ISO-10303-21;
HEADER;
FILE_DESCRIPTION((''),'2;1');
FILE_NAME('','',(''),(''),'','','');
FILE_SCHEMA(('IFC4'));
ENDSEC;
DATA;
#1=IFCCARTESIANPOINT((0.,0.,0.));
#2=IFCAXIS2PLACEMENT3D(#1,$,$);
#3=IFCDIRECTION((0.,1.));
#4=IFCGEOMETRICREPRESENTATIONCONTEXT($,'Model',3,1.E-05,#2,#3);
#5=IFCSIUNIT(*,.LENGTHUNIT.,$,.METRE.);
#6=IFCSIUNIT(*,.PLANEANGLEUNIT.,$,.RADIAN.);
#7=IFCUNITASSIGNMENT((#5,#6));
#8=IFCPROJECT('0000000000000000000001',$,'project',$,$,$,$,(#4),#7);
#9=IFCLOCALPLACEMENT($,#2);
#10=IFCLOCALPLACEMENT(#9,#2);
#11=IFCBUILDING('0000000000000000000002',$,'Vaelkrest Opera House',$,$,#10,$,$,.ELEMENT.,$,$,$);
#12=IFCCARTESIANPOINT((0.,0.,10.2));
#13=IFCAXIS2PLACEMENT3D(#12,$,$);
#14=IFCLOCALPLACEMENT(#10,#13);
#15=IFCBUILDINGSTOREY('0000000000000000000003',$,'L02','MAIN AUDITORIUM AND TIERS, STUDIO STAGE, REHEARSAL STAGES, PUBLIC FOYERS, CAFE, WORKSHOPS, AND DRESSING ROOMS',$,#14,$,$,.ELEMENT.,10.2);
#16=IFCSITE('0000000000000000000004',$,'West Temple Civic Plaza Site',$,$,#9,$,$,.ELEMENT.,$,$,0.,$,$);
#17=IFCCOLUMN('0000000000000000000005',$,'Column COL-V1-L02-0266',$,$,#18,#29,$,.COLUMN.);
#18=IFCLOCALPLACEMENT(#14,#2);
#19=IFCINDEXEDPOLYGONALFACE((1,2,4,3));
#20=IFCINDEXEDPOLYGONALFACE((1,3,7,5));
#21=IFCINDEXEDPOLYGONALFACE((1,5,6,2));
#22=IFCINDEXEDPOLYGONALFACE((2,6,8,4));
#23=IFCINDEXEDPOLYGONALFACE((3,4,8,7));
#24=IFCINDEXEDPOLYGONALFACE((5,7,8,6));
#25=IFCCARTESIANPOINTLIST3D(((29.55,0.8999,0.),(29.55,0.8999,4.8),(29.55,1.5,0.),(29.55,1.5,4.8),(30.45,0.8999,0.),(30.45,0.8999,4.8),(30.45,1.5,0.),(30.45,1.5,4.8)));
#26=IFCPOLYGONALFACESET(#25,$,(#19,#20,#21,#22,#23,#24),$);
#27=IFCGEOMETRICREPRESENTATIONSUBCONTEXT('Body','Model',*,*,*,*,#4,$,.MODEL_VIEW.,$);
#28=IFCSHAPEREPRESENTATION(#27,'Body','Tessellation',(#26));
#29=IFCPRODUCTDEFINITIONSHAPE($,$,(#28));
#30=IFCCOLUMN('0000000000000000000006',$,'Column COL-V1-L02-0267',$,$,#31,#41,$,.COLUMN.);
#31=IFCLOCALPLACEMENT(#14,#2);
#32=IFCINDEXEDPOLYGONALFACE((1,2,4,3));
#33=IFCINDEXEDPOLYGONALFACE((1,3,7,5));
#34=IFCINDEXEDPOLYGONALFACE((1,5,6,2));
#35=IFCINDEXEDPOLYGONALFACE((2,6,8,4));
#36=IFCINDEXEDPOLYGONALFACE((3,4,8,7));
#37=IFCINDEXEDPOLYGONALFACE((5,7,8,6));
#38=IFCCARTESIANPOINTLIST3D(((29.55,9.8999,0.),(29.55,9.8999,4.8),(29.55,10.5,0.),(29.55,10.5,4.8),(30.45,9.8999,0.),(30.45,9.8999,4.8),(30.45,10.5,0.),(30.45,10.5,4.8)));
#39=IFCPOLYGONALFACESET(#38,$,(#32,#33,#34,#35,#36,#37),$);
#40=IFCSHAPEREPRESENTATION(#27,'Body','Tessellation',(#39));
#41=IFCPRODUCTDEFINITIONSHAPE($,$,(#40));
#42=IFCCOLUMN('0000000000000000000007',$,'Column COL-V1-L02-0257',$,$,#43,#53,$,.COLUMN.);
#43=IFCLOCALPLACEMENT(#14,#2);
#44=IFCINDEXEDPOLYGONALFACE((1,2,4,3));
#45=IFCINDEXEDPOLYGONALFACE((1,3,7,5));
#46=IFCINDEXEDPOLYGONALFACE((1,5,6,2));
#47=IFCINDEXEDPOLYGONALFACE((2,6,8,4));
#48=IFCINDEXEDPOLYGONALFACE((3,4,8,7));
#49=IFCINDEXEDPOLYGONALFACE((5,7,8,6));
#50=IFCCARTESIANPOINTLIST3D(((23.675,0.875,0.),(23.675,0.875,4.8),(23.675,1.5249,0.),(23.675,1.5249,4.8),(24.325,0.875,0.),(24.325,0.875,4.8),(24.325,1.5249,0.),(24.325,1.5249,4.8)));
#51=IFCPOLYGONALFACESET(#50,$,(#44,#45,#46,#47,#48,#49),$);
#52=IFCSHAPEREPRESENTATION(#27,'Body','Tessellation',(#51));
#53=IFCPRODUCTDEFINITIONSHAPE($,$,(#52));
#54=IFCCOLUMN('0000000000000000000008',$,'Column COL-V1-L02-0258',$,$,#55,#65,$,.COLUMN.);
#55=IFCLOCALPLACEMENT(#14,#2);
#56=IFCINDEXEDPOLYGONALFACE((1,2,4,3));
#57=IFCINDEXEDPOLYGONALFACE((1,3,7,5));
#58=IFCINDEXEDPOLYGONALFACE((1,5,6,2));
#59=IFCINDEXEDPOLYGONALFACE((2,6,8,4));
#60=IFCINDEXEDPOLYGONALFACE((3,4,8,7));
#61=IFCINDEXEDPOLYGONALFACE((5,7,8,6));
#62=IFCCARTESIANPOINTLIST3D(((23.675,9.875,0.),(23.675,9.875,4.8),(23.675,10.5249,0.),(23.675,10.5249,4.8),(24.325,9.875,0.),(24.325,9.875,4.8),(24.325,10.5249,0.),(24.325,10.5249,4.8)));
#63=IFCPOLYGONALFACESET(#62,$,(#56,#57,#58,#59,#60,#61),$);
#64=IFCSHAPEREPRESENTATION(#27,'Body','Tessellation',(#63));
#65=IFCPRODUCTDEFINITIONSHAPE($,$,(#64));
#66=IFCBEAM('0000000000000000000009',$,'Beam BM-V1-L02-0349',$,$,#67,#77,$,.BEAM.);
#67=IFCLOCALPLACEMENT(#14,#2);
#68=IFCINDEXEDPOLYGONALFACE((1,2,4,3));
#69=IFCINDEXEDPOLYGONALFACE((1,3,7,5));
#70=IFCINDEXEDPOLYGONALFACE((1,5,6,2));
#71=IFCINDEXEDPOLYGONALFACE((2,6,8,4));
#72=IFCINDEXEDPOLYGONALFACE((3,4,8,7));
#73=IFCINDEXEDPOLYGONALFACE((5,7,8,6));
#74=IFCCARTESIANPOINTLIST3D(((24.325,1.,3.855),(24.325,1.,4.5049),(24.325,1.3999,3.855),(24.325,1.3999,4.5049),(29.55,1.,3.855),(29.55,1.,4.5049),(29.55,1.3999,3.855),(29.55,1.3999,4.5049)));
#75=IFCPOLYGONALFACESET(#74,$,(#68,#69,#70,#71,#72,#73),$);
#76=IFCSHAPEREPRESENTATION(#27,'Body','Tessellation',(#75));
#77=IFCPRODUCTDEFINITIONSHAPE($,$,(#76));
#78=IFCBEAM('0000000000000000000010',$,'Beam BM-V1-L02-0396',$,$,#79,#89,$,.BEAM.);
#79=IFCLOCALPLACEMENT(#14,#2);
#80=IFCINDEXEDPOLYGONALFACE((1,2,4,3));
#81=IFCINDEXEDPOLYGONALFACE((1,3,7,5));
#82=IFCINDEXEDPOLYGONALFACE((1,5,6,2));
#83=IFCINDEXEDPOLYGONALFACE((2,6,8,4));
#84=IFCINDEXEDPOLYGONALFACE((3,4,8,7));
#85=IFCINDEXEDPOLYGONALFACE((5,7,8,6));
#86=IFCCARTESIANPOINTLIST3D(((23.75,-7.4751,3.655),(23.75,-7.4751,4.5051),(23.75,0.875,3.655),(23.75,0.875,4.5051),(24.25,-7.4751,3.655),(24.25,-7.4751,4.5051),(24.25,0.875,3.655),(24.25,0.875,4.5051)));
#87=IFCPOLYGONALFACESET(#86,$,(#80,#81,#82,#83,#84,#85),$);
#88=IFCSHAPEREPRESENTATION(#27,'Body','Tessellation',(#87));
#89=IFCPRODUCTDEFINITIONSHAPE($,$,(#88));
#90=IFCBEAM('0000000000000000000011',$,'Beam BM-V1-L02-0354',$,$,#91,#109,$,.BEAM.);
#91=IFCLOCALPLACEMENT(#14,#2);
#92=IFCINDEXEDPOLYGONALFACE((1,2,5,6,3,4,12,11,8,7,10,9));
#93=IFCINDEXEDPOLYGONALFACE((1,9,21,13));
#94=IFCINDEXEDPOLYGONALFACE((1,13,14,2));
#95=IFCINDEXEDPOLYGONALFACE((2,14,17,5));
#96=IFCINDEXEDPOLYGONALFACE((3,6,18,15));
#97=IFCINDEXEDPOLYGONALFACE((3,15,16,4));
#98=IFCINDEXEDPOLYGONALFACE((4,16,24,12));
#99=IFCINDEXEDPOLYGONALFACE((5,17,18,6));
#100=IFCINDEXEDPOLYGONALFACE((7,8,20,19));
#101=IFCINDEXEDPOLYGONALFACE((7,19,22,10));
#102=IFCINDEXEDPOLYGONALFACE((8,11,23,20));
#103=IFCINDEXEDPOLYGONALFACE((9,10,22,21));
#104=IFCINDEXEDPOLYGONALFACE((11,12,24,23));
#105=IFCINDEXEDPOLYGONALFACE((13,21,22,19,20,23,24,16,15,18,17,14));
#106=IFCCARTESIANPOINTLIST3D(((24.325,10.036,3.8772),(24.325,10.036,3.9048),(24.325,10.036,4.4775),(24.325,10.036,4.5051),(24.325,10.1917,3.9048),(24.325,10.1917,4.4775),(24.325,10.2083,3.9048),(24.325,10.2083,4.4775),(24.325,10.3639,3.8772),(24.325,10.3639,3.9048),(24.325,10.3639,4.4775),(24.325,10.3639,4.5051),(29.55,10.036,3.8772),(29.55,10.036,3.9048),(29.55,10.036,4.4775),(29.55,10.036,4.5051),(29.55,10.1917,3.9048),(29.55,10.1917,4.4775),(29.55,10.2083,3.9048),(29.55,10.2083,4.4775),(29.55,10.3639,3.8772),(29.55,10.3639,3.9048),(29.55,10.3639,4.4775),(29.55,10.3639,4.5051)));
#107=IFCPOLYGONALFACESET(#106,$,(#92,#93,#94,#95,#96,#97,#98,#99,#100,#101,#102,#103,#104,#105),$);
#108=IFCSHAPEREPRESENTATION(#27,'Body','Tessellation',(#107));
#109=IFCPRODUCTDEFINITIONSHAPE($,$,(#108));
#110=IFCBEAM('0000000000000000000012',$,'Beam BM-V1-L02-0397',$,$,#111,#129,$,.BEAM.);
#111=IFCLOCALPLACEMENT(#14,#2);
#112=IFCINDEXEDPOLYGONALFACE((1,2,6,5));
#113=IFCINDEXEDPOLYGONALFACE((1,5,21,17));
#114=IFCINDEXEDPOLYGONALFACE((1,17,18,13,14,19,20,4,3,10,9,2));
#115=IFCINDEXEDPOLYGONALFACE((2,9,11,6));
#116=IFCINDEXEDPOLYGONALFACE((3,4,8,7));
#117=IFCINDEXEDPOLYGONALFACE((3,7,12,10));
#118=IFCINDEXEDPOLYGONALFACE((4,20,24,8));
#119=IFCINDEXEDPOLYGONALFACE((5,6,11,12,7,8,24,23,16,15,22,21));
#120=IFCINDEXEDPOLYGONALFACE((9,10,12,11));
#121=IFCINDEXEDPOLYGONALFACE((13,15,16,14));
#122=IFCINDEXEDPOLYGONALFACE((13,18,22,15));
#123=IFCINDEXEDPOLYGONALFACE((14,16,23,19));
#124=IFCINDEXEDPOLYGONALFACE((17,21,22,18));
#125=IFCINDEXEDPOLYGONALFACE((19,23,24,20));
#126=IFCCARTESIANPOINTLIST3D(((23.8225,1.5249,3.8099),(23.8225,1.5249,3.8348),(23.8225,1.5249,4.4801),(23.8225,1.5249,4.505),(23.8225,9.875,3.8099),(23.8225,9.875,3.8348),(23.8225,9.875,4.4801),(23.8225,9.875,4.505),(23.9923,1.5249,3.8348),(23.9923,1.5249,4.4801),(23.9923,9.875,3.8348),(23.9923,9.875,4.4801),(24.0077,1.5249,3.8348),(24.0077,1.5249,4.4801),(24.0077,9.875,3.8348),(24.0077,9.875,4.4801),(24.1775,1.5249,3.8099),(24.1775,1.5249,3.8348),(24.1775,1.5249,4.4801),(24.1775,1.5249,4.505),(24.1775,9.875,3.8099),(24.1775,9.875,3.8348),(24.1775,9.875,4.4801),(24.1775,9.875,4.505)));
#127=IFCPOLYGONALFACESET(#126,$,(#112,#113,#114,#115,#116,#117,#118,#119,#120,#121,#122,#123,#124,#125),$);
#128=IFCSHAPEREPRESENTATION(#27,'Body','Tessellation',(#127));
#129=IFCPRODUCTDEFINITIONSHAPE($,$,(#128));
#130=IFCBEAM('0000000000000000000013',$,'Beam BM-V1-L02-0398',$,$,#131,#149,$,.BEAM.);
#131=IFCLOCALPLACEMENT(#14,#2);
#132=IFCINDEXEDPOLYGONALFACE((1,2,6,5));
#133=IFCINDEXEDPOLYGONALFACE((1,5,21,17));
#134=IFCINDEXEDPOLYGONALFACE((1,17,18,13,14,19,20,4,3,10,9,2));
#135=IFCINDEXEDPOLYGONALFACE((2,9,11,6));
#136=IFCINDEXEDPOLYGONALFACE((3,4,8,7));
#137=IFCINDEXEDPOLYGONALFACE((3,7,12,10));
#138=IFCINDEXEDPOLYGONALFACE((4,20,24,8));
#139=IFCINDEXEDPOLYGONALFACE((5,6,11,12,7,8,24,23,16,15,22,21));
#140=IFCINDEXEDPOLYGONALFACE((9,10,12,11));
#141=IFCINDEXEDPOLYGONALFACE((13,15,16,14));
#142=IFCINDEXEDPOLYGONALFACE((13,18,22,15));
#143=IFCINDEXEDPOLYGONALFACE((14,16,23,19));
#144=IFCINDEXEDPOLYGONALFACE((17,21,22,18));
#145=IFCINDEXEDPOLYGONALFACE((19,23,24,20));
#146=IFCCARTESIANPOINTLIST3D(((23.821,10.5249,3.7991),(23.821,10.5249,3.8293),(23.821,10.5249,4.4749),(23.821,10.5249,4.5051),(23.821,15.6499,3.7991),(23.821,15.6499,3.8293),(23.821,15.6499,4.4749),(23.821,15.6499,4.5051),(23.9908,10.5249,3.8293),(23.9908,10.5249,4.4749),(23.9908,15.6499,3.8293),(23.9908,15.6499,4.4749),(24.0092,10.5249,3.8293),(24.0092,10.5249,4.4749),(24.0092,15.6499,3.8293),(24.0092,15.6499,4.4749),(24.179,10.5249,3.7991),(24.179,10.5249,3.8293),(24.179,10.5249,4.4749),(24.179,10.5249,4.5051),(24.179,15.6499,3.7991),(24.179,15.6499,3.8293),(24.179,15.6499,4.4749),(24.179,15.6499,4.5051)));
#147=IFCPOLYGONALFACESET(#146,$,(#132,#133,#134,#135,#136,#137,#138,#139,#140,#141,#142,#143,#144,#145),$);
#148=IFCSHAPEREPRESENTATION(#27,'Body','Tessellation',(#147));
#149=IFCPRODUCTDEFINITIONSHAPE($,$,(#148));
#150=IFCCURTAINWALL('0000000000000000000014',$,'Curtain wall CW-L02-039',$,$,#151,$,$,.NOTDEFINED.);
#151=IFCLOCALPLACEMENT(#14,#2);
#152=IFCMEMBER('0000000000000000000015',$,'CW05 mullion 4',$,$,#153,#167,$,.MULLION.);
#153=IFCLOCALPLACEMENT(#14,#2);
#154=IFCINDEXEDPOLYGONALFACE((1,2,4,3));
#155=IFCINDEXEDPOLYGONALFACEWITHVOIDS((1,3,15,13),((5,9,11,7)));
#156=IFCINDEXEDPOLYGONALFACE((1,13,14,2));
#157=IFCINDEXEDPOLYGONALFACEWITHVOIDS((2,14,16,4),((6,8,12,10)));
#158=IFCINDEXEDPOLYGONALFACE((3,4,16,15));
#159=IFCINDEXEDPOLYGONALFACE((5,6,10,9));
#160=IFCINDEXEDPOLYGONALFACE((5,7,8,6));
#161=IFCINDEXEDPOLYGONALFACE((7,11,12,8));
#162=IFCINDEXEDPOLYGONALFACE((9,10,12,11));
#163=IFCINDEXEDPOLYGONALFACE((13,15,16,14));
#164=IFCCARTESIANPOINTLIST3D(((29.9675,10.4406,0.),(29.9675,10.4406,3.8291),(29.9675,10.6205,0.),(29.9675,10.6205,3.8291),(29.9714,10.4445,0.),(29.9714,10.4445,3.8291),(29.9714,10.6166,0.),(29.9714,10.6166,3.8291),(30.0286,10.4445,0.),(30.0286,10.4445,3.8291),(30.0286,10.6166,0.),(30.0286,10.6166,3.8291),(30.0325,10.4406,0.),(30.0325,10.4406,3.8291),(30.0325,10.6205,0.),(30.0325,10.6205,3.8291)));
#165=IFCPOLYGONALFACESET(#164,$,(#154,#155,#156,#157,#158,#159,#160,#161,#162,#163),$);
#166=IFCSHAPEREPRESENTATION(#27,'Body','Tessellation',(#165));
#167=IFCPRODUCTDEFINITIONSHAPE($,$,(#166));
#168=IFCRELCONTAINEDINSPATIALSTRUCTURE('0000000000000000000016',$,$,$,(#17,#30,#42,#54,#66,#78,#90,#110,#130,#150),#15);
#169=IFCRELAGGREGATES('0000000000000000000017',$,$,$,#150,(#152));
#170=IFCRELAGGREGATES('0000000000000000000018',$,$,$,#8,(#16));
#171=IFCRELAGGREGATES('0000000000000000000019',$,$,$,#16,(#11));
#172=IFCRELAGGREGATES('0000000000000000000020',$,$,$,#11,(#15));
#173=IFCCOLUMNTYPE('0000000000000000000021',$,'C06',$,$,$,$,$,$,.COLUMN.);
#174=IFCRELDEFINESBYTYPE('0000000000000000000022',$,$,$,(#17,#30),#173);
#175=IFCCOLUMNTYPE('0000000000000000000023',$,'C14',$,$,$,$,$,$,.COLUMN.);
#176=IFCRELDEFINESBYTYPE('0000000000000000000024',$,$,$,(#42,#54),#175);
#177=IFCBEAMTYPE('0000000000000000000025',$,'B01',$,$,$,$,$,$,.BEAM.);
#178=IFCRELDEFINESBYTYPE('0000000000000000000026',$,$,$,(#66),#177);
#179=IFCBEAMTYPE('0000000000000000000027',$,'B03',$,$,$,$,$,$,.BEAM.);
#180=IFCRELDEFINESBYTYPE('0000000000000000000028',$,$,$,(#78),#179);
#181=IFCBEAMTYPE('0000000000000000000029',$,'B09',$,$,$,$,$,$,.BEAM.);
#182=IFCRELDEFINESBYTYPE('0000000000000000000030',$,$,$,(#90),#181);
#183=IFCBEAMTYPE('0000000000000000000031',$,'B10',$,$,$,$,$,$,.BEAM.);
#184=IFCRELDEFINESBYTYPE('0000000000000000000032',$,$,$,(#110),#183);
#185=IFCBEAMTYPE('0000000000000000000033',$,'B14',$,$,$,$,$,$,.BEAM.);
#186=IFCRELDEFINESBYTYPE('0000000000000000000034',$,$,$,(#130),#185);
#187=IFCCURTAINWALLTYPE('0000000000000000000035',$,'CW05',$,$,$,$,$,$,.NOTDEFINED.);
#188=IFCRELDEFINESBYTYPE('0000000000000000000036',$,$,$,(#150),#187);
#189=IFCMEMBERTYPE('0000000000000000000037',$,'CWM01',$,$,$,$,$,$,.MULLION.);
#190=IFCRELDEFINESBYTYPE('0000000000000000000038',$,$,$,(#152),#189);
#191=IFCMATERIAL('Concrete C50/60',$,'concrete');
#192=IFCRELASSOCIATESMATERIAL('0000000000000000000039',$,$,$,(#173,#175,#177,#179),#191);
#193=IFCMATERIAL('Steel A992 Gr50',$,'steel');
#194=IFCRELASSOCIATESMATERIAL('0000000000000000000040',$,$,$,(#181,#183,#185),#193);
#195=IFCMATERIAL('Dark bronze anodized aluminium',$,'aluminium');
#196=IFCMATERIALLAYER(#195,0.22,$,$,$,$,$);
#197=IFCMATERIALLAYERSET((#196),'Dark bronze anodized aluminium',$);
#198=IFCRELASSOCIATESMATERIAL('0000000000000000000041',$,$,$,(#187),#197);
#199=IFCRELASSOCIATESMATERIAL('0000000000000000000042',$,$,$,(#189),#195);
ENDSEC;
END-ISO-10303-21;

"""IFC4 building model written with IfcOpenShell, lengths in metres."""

from ifc_helpers import new_model, si_unit, direction, frame, origin, origin_2d, place, context, subcontext, project, spatial, rectangle, hollow_rectangle, i_section, extrude, material, layer, layer_set, material_profile, profile_set, type_object, element, aggregate, save


model = new_model("IFC4")

# Units and contexts
model_context = context("Model", 3, precision=1e-05, world=origin(), true_north=direction((0.0, 1.0)))
body_context = subcontext(model_context, "Body", "Model", "MODEL_VIEW")
ifc_project = project(units=[si_unit("LENGTHUNIT", "METRE"), si_unit("PLANEANGLEUNIT", "RADIAN")], contexts=[model_context])

# Site, building, storey
site_placement = place(None, origin())
site = spatial("IfcSite", under=ifc_project, at=site_placement, Name="West Temple Civic Plaza Site", CompositionType="ELEMENT", RefElevation=0.0)
building_placement = place(site_placement, origin())
building = spatial("IfcBuilding", under=site, at=building_placement, Name="Vaelkrest Opera House", CompositionType="ELEMENT")
storey_placement = place(building_placement, frame((0.0, 0.0, 10.2)))
storey = spatial("IfcBuildingStorey", under=building, at=storey_placement, Name="L02", Description="MAIN AUDITORIUM AND TIERS, STUDIO STAGE, REHEARSAL STAGES, PUBLIC FOYERS, CAFE, WORKSHOPS, AND DRESSING ROOMS", CompositionType="ELEMENT", Elevation=10.2)

# Columns
ifc_material_1 = material(Name="Concrete C50/60", Category="concrete")
ifc_material_profile_1 = material_profile(ifc_material_1, rectangle(XDim=0.6001, YDim=0.8999, at=origin_2d()), Name="RC600X900")
ifc_profile_set_1 = profile_set([ifc_material_profile_1], Name="Concrete C50/60")
column_type_1 = type_object("IfcColumnType", Name="C06", PredefinedType="COLUMN", material=ifc_profile_set_1)
for number, where, z_axis, x_axis, name in (
    (1, (30.0, 1.2, 0.0), (0.0, 0.0, 1.0), (0.0, 1.0, 0.0), "Column COL-V1-L02-0266"),
    (2, (30.0, 10.2, 0.0), (0.0, 0.0, 1.0), (0.0, 1.0, 0.0), "Column COL-V1-L02-0267"),
):
    element("IfcColumn", number, at=place(storey_placement, frame(where, z_axis=z_axis, x_axis=x_axis)), inside=storey, type_object=column_type_1, Name=name, PredefinedType="COLUMN", context=body_context, shape_type="SweptSolid", body=[
        extrude(rectangle(XDim=0.6001, YDim=0.8999, at=origin_2d()), origin(), (0.0, 0.0, 1.0), 4.8),
    ])
ifc_material_profile_2 = material_profile(ifc_material_1, rectangle(XDim=0.6499, YDim=0.6499, at=origin_2d()), Name="RC650X650")
ifc_profile_set_2 = profile_set([ifc_material_profile_2], Name="Concrete C50/60")
column_type_2 = type_object("IfcColumnType", Name="C14", PredefinedType="COLUMN", material=ifc_profile_set_2)
for number, where, z_axis, x_axis, name in (
    (3, (24.0, 1.2, 0.0), (0.0, 0.0, 1.0), (1.0, 0.0, 0.0), "Column COL-V1-L02-0257"),
    (4, (24.0, 10.2, 0.0), (0.0, 0.0, 1.0), (1.0, 0.0, 0.0), "Column COL-V1-L02-0258"),
):
    element("IfcColumn", number, at=place(storey_placement, frame(where, z_axis=z_axis, x_axis=x_axis)), inside=storey, type_object=column_type_2, Name=name, PredefinedType="COLUMN", context=body_context, shape_type="SweptSolid", body=[
        extrude(rectangle(XDim=0.6499, YDim=0.6499, at=origin_2d()), origin(), (0.0, 0.0, 1.0), 4.8),
    ])

# Beams
ifc_material_profile_3 = material_profile(ifc_material_1, rectangle(XDim=0.3999, YDim=0.6499, at=origin_2d()), Name="RCB400X650")
ifc_profile_set_3 = profile_set([ifc_material_profile_3], Name="Concrete C50/60")
beam_type_1 = type_object("IfcBeamType", Name="B01", PredefinedType="BEAM", material=ifc_profile_set_3)
beam_1_placement = place(storey_placement, frame((24.325, 1.2, 4.1799), z_axis=(1.0, 0.0, 0.0), x_axis=(0.0, 1.0, 0.0)))
element("IfcBeam", 5, at=beam_1_placement, inside=storey, type_object=beam_type_1, Name="Beam BM-V1-L02-0349", PredefinedType="BEAM", context=body_context, shape_type="SweptSolid", body=[
    extrude(rectangle(XDim=0.3999, YDim=0.6499, at=origin_2d()), origin(), (0.0, 0.0, 1.0), 5.2251),
])
ifc_material_profile_4 = material_profile(ifc_material_1, rectangle(XDim=0.5, YDim=0.8501, at=origin_2d()), Name="RCB500X850")
ifc_profile_set_4 = profile_set([ifc_material_profile_4], Name="Concrete C50/60")
beam_type_2 = type_object("IfcBeamType", Name="B03", PredefinedType="BEAM", material=ifc_profile_set_4)
beam_2_placement = place(storey_placement, frame((24.0, -7.4751, 4.0801), z_axis=(0.0, 1.0, 0.0), x_axis=(-1.0, 0.0, 0.0)))
element("IfcBeam", 6, at=beam_2_placement, inside=storey, type_object=beam_type_2, Name="Beam BM-V1-L02-0396", PredefinedType="BEAM", context=body_context, shape_type="SweptSolid", body=[
    extrude(rectangle(XDim=0.5, YDim=0.8501, at=origin_2d()), origin(), (0.0, 0.0, 1.0), 8.3501),
])
ifc_material_2 = material(Name="Steel A992 Gr50", Category="steel")
ifc_material_profile_5 = material_profile(ifc_material_2, i_section(OverallWidth=0.3279, OverallDepth=0.6279, WebThickness=0.0166, FlangeThickness=0.0276, at=origin_2d()), Name="W24X146")
ifc_profile_set_5 = profile_set([ifc_material_profile_5], Name="Steel A992 Gr50")
beam_type_3 = type_object("IfcBeamType", Name="B09", PredefinedType="BEAM", material=ifc_profile_set_5)
beam_3_placement = place(storey_placement, frame((24.325, 10.2, 4.1912), z_axis=(1.0, 0.0, 0.0), x_axis=(0.0, 1.0, 0.0)))
element("IfcBeam", 7, at=beam_3_placement, inside=storey, type_object=beam_type_3, Name="Beam BM-V1-L02-0354", PredefinedType="BEAM", context=body_context, shape_type="SweptSolid", body=[
    extrude(i_section(OverallWidth=0.3279, OverallDepth=0.6279, WebThickness=0.0166, FlangeThickness=0.0276, at=origin_2d()), origin(), (0.0, 0.0, 1.0), 5.2251),
])
ifc_material_profile_6 = material_profile(ifc_material_2, i_section(OverallWidth=0.355, OverallDepth=0.6951, WebThickness=0.0154, FlangeThickness=0.0249, at=origin_2d()), Name="W27X146")
ifc_profile_set_6 = profile_set([ifc_material_profile_6], Name="Steel A992 Gr50")
beam_type_4 = type_object("IfcBeamType", Name="B10", PredefinedType="BEAM", material=ifc_profile_set_6)
beam_4_placement = place(storey_placement, frame((24.0, 1.5249, 4.1575), z_axis=(0.0, 1.0, 0.0), x_axis=(-1.0, 0.0, 0.0)))
element("IfcBeam", 8, at=beam_4_placement, inside=storey, type_object=beam_type_4, Name="Beam BM-V1-L02-0397", PredefinedType="BEAM", context=body_context, shape_type="SweptSolid", body=[
    extrude(i_section(OverallWidth=0.355, OverallDepth=0.6951, WebThickness=0.0154, FlangeThickness=0.0249, at=origin_2d()), origin(), (0.0, 0.0, 1.0), 8.3501),
])
ifc_material_profile_7 = material_profile(ifc_material_2, i_section(OverallWidth=0.3579, OverallDepth=0.7061, WebThickness=0.0183, FlangeThickness=0.0303, at=origin_2d()), Name="W27X178")
ifc_profile_set_7 = profile_set([ifc_material_profile_7], Name="Steel A992 Gr50")
beam_type_5 = type_object("IfcBeamType", Name="B14", PredefinedType="BEAM", material=ifc_profile_set_7)
beam_5_placement = place(storey_placement, frame((24.0, 10.5249, 4.1521), z_axis=(0.0, 1.0, 0.0), x_axis=(-1.0, 0.0, 0.0)))
element("IfcBeam", 9, at=beam_5_placement, inside=storey, type_object=beam_type_5, Name="Beam BM-V1-L02-0398", PredefinedType="BEAM", context=body_context, shape_type="SweptSolid", body=[
    extrude(i_section(OverallWidth=0.3579, OverallDepth=0.7061, WebThickness=0.0183, FlangeThickness=0.0303, at=origin_2d()), origin(), (0.0, 0.0, 1.0), 5.125),
])

# Curtain wall, member
ifc_material_3 = material(Name="Dark bronze anodized aluminium", Category="aluminium")
ifc_layer_1 = layer(ifc_material_3, 0.22)
ifc_layer_set_1 = layer_set([ifc_layer_1], Name="Dark bronze anodized aluminium")
curtain_wall_type = type_object("IfcCurtainWallType", Name="CW05", PredefinedType="NOTDEFINED", material=ifc_layer_set_1)
curtain_wall_placement = place(storey_placement, origin())
curtain_wall = element("IfcCurtainWall", 10, at=curtain_wall_placement, inside=storey, type_object=curtain_wall_type, Name="Curtain wall CW-L02-039", PredefinedType="NOTDEFINED")
ifc_material_profile_8 = material_profile(ifc_material_3, hollow_rectangle(XDim=0.0649, YDim=0.1799, WallThickness=0.0039, at=origin_2d()), Name="CWM65X180")
ifc_profile_set_8 = profile_set([ifc_material_profile_8], Name="Dark bronze anodized aluminium")
member_type_1 = type_object("IfcMemberType", Name="CWM01", PredefinedType="MULLION", material=ifc_profile_set_8)
member_1_placement = place(storey_placement, frame((30.0, 10.5305, 0.0), z_axis=(0.0, 0.0, 1.0), x_axis=(1.0, 0.0, 0.0)))
member_1 = element("IfcMember", 11, at=member_1_placement, type_object=member_type_1, Name="CW05 mullion 4", PredefinedType="MULLION", context=body_context, shape_type="SweptSolid", body=[
    extrude(hollow_rectangle(XDim=0.0649, YDim=0.1799, WallThickness=0.0039, at=origin_2d()), origin(), (0.0, 0.0, 1.0), 3.8291),
])

aggregate(curtain_wall, [member_1])

save(model, "model.ifc")
